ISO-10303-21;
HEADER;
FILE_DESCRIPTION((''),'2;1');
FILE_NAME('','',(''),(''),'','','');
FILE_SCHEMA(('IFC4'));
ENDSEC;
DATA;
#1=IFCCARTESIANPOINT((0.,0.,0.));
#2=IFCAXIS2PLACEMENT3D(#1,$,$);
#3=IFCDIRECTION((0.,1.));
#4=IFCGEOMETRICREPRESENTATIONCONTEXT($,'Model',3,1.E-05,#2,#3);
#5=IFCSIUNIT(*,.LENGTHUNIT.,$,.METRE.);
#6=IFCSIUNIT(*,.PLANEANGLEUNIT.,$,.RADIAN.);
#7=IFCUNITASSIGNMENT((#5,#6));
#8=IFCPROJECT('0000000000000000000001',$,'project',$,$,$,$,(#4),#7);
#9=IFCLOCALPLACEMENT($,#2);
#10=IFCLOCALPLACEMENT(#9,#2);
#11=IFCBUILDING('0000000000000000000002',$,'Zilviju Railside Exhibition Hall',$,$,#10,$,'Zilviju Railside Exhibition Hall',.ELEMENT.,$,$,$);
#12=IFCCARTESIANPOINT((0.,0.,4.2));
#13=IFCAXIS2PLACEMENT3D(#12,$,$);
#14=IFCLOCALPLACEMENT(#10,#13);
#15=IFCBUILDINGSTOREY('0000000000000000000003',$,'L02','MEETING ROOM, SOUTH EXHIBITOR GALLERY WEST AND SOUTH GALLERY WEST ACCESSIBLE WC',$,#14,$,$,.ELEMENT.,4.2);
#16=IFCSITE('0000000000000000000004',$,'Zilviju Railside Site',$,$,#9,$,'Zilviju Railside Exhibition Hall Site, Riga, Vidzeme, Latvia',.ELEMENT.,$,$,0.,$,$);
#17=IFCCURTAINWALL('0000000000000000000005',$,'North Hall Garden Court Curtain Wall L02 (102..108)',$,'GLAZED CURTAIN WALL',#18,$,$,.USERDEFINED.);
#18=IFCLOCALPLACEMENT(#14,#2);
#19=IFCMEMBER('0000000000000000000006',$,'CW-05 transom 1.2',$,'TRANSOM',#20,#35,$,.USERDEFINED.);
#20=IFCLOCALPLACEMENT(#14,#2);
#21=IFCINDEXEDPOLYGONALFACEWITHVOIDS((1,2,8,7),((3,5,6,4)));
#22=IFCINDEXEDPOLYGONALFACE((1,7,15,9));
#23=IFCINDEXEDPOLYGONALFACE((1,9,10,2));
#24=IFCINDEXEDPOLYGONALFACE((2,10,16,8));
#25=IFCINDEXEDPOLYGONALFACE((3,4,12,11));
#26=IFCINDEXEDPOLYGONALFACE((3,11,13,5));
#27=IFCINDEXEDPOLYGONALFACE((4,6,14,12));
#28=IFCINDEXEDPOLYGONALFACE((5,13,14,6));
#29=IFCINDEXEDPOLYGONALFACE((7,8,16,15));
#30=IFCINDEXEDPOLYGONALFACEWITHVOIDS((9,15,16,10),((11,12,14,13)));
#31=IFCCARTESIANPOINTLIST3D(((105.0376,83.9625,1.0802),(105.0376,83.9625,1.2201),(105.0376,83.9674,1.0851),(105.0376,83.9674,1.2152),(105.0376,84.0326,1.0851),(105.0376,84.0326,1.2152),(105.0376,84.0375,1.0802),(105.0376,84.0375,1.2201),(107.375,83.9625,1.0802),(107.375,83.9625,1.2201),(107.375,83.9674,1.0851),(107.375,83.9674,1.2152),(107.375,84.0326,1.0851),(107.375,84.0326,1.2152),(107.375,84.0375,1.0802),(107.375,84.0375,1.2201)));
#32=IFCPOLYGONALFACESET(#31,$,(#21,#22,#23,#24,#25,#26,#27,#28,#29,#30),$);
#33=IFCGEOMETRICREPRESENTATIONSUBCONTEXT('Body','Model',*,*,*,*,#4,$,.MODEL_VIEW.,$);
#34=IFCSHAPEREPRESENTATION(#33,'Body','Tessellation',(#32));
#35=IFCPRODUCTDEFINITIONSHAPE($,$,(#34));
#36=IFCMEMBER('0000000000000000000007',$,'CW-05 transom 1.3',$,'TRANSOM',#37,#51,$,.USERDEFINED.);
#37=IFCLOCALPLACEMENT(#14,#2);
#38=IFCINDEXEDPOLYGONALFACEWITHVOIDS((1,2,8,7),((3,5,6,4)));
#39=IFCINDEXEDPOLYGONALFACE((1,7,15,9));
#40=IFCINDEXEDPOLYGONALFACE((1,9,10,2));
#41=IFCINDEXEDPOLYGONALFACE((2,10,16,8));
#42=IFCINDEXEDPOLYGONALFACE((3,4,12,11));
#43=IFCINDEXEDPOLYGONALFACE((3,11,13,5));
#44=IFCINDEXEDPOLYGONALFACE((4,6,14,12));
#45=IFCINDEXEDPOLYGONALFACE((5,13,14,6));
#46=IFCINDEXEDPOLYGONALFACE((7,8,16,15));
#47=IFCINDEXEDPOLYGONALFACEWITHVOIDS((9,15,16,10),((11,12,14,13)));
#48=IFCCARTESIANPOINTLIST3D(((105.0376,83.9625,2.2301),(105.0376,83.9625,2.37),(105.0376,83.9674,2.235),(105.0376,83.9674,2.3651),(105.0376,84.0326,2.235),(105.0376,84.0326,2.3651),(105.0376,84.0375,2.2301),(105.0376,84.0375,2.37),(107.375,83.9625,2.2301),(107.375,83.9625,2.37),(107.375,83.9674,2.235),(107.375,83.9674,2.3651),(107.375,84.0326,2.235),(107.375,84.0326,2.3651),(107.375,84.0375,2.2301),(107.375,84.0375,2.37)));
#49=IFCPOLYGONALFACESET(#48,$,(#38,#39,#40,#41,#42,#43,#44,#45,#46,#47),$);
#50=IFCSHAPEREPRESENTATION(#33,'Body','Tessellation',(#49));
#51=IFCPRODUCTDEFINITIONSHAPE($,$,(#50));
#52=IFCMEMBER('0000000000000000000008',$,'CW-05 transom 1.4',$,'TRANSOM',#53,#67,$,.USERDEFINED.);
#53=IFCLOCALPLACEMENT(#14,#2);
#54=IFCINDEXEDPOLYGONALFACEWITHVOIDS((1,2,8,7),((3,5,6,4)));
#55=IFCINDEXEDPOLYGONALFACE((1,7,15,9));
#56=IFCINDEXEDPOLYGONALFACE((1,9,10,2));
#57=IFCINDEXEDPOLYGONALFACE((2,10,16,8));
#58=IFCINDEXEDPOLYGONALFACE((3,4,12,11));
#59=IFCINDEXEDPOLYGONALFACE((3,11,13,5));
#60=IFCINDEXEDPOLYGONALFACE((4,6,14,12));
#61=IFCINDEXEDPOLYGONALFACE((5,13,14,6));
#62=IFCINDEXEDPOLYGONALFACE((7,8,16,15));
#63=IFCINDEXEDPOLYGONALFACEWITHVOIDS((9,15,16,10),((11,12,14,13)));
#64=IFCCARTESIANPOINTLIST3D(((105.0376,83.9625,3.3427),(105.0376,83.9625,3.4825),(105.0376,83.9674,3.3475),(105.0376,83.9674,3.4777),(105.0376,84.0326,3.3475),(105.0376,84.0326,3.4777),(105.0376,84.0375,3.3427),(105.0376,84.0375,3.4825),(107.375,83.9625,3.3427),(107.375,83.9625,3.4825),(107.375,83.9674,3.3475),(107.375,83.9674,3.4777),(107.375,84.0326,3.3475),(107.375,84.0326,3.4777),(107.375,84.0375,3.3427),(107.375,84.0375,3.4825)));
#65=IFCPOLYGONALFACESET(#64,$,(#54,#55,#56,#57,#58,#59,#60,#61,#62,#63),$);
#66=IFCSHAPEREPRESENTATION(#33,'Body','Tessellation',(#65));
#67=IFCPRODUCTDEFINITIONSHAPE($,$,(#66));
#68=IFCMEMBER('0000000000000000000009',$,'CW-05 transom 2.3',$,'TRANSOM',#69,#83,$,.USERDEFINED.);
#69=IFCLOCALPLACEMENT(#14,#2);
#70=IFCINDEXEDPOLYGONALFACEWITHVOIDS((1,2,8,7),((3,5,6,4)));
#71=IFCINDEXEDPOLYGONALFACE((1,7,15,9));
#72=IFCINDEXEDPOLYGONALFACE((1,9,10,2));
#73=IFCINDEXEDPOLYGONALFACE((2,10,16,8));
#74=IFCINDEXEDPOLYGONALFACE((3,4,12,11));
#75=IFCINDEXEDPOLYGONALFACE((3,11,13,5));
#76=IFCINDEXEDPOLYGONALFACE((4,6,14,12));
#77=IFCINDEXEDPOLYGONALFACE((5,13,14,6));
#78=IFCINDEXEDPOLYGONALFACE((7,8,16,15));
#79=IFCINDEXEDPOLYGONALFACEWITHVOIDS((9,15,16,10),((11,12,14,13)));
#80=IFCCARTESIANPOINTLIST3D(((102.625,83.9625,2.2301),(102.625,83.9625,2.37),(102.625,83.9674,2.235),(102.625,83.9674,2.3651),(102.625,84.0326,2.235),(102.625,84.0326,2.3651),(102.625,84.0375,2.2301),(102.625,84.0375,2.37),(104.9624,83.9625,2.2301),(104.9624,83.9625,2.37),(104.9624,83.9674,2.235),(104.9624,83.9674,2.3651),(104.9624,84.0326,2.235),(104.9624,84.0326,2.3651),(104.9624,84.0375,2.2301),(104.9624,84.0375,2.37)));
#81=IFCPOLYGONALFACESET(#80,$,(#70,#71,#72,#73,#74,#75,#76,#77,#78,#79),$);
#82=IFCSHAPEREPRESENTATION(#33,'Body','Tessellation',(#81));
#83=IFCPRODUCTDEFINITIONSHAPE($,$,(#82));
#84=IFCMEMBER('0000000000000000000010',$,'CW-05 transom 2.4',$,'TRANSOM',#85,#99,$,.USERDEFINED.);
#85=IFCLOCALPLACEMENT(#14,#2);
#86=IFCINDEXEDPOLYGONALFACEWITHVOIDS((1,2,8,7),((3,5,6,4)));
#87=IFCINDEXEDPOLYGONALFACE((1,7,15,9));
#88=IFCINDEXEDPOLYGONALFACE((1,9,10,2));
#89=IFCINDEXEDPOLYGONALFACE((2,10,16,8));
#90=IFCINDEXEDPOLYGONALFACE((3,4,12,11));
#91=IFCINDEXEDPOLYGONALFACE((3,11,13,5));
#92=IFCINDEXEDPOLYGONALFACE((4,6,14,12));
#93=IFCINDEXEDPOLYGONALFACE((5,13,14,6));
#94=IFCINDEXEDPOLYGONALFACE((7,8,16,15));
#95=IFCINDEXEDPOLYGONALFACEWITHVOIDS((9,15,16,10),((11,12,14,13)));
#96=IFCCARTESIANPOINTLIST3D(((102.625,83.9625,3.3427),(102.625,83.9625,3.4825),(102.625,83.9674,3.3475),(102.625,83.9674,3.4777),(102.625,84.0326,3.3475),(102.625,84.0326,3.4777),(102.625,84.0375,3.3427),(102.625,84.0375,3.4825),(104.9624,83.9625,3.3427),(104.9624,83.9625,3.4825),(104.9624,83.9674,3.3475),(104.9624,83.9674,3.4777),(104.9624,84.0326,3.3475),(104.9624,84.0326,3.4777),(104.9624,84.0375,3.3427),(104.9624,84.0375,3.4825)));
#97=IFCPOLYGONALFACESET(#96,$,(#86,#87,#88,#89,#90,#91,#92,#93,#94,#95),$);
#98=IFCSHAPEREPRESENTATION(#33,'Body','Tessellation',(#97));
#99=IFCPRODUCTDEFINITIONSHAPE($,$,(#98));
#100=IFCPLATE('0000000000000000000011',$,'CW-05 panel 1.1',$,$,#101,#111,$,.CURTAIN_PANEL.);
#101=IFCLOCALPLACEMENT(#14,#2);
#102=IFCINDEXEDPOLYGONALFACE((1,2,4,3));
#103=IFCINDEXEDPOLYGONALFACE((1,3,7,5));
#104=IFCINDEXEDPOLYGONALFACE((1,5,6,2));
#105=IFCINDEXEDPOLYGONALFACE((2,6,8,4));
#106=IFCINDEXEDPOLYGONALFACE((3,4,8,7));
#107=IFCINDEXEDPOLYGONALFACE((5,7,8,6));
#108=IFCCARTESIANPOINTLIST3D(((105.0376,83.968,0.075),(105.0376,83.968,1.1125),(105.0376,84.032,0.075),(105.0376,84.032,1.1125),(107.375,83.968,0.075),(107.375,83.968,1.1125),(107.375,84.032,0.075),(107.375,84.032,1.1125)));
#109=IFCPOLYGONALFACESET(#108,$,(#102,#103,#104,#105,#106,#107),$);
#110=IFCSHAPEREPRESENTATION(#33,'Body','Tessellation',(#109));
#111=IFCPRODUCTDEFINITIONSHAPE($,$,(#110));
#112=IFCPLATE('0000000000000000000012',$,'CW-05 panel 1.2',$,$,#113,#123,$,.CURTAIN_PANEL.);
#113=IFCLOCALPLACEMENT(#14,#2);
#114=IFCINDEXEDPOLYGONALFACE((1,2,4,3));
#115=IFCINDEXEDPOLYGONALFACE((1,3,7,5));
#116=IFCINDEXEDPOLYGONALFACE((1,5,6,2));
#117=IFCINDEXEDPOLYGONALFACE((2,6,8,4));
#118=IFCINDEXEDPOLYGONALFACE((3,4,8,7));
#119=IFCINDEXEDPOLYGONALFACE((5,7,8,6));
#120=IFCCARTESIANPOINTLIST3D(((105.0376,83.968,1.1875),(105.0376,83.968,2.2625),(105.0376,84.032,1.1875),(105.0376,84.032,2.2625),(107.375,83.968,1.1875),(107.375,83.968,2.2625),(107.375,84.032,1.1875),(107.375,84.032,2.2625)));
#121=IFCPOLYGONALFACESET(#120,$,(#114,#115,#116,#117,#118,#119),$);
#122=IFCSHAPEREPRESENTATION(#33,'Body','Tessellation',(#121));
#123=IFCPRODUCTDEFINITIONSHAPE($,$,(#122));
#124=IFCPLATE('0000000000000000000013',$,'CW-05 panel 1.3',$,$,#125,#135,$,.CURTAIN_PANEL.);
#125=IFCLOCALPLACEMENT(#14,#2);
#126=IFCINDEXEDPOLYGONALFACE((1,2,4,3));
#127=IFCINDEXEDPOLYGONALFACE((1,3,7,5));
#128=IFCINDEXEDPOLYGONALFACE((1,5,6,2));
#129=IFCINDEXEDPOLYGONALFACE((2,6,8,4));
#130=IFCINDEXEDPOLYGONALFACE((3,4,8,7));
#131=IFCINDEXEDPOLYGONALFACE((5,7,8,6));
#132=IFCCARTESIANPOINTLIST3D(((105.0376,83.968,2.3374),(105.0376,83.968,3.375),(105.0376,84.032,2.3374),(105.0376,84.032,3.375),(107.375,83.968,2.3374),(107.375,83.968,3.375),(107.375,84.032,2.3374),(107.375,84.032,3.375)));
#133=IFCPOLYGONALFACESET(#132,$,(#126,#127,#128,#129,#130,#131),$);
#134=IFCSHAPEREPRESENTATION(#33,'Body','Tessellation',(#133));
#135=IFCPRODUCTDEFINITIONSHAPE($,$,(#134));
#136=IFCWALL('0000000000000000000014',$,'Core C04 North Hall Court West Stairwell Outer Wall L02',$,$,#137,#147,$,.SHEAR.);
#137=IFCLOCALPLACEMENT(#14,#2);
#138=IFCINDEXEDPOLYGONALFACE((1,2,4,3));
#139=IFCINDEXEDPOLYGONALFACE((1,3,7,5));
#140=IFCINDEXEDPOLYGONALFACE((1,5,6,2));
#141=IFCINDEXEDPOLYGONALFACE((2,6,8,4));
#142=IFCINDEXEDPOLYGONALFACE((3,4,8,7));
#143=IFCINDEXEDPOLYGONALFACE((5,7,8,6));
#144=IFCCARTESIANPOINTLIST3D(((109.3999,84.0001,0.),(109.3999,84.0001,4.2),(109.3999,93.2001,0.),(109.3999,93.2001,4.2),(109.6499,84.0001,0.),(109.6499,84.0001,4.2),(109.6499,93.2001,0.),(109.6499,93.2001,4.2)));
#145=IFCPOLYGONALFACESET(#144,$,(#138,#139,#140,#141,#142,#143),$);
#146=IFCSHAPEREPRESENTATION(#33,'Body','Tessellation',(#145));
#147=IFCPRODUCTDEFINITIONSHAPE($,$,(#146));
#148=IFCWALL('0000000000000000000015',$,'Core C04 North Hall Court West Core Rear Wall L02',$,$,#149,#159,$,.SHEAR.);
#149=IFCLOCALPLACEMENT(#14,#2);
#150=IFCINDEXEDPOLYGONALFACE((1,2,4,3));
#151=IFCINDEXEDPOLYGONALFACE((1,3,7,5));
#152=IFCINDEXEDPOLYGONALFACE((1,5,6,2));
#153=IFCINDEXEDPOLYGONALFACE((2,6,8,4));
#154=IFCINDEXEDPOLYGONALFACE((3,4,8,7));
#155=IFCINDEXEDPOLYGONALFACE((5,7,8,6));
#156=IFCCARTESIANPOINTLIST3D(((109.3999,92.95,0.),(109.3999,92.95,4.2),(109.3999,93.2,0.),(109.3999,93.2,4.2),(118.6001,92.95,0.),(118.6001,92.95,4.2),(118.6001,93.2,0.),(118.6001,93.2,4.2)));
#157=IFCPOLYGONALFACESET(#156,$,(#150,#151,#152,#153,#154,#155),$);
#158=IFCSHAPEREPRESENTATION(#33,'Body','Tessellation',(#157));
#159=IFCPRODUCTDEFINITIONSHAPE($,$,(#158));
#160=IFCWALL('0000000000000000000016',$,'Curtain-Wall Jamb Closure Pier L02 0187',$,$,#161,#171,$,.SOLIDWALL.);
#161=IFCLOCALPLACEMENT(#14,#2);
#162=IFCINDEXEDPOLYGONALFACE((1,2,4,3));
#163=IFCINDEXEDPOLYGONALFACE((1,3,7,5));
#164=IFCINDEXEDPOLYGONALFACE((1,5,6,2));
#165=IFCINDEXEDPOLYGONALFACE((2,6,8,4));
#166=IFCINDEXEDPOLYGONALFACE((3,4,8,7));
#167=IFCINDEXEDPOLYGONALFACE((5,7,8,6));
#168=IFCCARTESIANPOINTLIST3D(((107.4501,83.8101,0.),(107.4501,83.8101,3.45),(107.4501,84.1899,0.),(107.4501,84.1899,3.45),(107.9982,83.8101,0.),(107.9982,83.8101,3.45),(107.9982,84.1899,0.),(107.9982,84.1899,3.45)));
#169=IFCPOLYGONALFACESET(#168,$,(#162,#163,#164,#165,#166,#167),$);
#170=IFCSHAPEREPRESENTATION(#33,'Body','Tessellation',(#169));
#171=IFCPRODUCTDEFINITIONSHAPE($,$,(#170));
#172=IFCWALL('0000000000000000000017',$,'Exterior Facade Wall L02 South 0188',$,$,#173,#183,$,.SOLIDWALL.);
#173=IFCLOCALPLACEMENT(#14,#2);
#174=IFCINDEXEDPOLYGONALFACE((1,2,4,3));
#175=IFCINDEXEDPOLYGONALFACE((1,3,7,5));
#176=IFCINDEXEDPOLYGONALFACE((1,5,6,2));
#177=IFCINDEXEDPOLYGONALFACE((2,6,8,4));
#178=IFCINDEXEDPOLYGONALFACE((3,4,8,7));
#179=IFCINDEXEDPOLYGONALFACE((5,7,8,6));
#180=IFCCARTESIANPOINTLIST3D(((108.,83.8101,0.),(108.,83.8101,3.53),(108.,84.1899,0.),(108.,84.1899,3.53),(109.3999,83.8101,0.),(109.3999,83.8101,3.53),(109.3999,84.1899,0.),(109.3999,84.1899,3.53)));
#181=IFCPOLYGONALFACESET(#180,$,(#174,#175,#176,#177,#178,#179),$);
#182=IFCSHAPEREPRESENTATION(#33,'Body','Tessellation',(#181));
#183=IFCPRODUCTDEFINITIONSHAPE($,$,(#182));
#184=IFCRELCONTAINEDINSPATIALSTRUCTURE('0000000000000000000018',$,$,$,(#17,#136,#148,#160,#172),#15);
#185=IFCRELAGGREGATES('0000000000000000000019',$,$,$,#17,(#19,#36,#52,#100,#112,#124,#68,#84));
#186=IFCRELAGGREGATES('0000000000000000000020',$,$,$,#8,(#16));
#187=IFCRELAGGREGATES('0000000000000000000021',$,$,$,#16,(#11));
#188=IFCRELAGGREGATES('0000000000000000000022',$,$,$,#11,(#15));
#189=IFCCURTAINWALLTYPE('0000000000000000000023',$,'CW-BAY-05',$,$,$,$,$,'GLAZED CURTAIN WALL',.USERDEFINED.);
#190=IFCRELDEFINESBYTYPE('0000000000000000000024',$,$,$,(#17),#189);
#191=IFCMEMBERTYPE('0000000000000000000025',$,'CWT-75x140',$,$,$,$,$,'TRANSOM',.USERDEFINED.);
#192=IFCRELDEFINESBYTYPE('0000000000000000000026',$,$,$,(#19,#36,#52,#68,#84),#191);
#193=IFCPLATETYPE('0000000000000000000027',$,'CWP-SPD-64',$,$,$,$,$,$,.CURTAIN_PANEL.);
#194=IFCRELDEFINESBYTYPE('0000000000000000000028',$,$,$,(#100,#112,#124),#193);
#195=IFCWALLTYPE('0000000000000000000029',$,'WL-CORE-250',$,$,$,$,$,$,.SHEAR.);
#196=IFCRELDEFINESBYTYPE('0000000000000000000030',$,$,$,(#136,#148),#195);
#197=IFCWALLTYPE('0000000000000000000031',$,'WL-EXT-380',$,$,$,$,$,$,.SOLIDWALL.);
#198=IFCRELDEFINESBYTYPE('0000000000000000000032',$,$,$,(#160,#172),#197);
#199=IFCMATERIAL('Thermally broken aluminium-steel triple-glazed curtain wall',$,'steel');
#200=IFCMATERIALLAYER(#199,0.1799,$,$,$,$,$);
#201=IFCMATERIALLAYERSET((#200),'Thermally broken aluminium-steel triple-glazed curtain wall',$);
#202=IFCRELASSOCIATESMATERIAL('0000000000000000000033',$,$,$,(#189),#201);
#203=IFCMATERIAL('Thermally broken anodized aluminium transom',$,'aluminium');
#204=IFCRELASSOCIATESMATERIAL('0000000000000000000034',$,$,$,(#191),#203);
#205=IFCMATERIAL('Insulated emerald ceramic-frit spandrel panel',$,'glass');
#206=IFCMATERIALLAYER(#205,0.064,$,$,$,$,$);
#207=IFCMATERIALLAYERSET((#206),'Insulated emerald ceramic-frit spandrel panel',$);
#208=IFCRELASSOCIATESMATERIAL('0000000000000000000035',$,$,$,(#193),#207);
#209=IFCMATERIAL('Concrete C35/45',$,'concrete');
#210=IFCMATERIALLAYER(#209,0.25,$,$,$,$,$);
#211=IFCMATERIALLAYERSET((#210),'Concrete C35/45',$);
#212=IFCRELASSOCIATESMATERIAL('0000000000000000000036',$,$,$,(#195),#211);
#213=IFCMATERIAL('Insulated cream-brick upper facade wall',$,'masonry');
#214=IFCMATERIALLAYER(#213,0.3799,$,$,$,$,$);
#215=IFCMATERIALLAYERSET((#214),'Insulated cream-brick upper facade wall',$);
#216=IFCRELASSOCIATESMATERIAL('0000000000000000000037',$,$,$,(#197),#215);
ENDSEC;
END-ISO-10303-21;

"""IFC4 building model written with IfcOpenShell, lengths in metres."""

from ifc_helpers import new_model, si_unit, direction, frame, frame_2d, origin, origin_2d, place, context, subcontext, project, spatial, rectangle, hollow_rectangle, extrude, material, layer, layer_set, material_profile, profile_set, type_object, element, aggregate, save


model = new_model("IFC4")

# Units and contexts
model_context = context("Model", 3, precision=1e-05, world=origin(), true_north=direction((0.0, 1.0)))
body_context = subcontext(model_context, "Body", "Model", "MODEL_VIEW")
ifc_project = project(units=[si_unit("LENGTHUNIT", "METRE"), si_unit("PLANEANGLEUNIT", "RADIAN")], contexts=[model_context])

# Site, building, storey
site_placement = place(None, origin())
site = spatial("IfcSite", under=ifc_project, at=site_placement, Name="Zilviju Railside Site", LongName="Zilviju Railside Exhibition Hall Site, Riga, Vidzeme, Latvia", CompositionType="ELEMENT", RefElevation=0.0)
building_placement = place(site_placement, origin())
building = spatial("IfcBuilding", under=site, at=building_placement, Name="Zilviju Railside Exhibition Hall", LongName="Zilviju Railside Exhibition Hall", CompositionType="ELEMENT")
storey_placement = place(building_placement, frame((0.0, 0.0, 4.2)))
storey = spatial("IfcBuildingStorey", under=building, at=storey_placement, Name="L02", Description="MEETING ROOM, SOUTH EXHIBITOR GALLERY WEST AND SOUTH GALLERY WEST ACCESSIBLE WC", CompositionType="ELEMENT", Elevation=4.2)

# Shared definitions
ifc_material_1 = material(Name="Concrete C35/45", Category="concrete")

# Curtain wall, members, plates
ifc_material_2 = material(Name="Thermally broken aluminium-steel triple-glazed curtain wall", Category="steel")
ifc_layer_1 = layer(ifc_material_2, 0.1799)
ifc_layer_set_1 = layer_set([ifc_layer_1], Name="Thermally broken aluminium-steel triple-glazed curtain wall")
curtain_wall_type = type_object("IfcCurtainWallType", Name="CW-BAY-05", ElementType="GLAZED CURTAIN WALL", PredefinedType="USERDEFINED", material=ifc_layer_set_1)
curtain_wall_placement = place(storey_placement, origin())
curtain_wall = element("IfcCurtainWall", 1, at=curtain_wall_placement, inside=storey, type_object=curtain_wall_type, Name="North Hall Garden Court Curtain Wall L02 (102..108)", ObjectType="GLAZED CURTAIN WALL", PredefinedType="USERDEFINED")
ifc_material_3 = material(Name="Thermally broken anodized aluminium transom", Category="aluminium")
ifc_material_profile_1 = material_profile(ifc_material_3, hollow_rectangle(XDim=0.075, YDim=0.1399, WallThickness=0.0049, at=origin_2d()), Name="TRANSOM 140x75x5")
ifc_profile_set_1 = profile_set([ifc_material_profile_1], Name="Thermally broken anodized aluminium transom")
member_type_1 = type_object("IfcMemberType", Name="CWT-75x140", ElementType="TRANSOM", PredefinedType="USERDEFINED", material=ifc_profile_set_1)
member_1_placement = place(storey_placement, frame((107.375, 84.0, 1.1501), z_axis=(-1.0, 0.0, 0.0), x_axis=(0.0, -1.0, 0.0)))
member_1 = element("IfcMember", 2, at=member_1_placement, type_object=member_type_1, Name="CW-05 transom 1.2", ObjectType="TRANSOM", PredefinedType="USERDEFINED", context=body_context, shape_type="SweptSolid", body=[
    extrude(hollow_rectangle(XDim=0.075, YDim=0.1399, WallThickness=0.0049, at=origin_2d()), origin(), (0.0, 0.0, 1.0), 2.3374),
])
member_2_placement = place(storey_placement, frame((107.375, 84.0, 2.3), z_axis=(-1.0, 0.0, 0.0), x_axis=(0.0, -1.0, 0.0)))
member_2 = element("IfcMember", 3, at=member_2_placement, type_object=member_type_1, Name="CW-05 transom 1.3", ObjectType="TRANSOM", PredefinedType="USERDEFINED", context=body_context, shape_type="SweptSolid", body=[
    extrude(hollow_rectangle(XDim=0.075, YDim=0.1399, WallThickness=0.0049, at=origin_2d()), origin(), (0.0, 0.0, 1.0), 2.3374),
])
member_3_placement = place(storey_placement, frame((107.375, 84.0, 3.4126), z_axis=(-1.0, 0.0, 0.0), x_axis=(0.0, -1.0, 0.0)))
member_3 = element("IfcMember", 4, at=member_3_placement, type_object=member_type_1, Name="CW-05 transom 1.4", ObjectType="TRANSOM", PredefinedType="USERDEFINED", context=body_context, shape_type="SweptSolid", body=[
    extrude(hollow_rectangle(XDim=0.075, YDim=0.1399, WallThickness=0.0049, at=origin_2d()), origin(), (0.0, 0.0, 1.0), 2.3374),
])
member_4_placement = place(storey_placement, frame((104.9624, 84.0, 2.3), z_axis=(-1.0, 0.0, 0.0), x_axis=(0.0, -1.0, 0.0)))
member_4 = element("IfcMember", 5, at=member_4_placement, type_object=member_type_1, Name="CW-05 transom 2.3", ObjectType="TRANSOM", PredefinedType="USERDEFINED", context=body_context, shape_type="SweptSolid", body=[
    extrude(hollow_rectangle(XDim=0.075, YDim=0.1399, WallThickness=0.0049, at=origin_2d()), origin(), (0.0, 0.0, 1.0), 2.3374),
])
member_5_placement = place(storey_placement, frame((104.9624, 84.0, 3.4126), z_axis=(-1.0, 0.0, 0.0), x_axis=(0.0, -1.0, 0.0)))
member_5 = element("IfcMember", 6, at=member_5_placement, type_object=member_type_1, Name="CW-05 transom 2.4", ObjectType="TRANSOM", PredefinedType="USERDEFINED", context=body_context, shape_type="SweptSolid", body=[
    extrude(hollow_rectangle(XDim=0.075, YDim=0.1399, WallThickness=0.0049, at=origin_2d()), origin(), (0.0, 0.0, 1.0), 2.3374),
])
ifc_material_4 = material(Name="Insulated emerald ceramic-frit spandrel panel", Category="glass")
ifc_layer_2 = layer(ifc_material_4, 0.064)
ifc_layer_set_2 = layer_set([ifc_layer_2], Name="Insulated emerald ceramic-frit spandrel panel")
plate_type = type_object("IfcPlateType", Name="CWP-SPD-64", PredefinedType="CURTAIN_PANEL", material=ifc_layer_set_2)
plate_1_placement = place(storey_placement, frame((106.2063, 84.0, 0.075), z_axis=(0.0, 0.0, 1.0), x_axis=(-1.0, 0.0, 0.0)))
plate_1 = element("IfcPlate", 7, at=plate_1_placement, type_object=plate_type, Name="CW-05 panel 1.1", PredefinedType="CURTAIN_PANEL", context=body_context, shape_type="SweptSolid", body=[
    extrude(rectangle(XDim=2.3374, YDim=0.064, at=origin_2d()), origin(), (0.0, 0.0, 1.0), 1.0376),
])
plate_2_placement = place(storey_placement, frame((106.2063, 84.0, 1.1875), z_axis=(0.0, 0.0, 1.0), x_axis=(-1.0, 0.0, 0.0)))
plate_2 = element("IfcPlate", 8, at=plate_2_placement, type_object=plate_type, Name="CW-05 panel 1.2", PredefinedType="CURTAIN_PANEL", context=body_context, shape_type="SweptSolid", body=[
    extrude(rectangle(XDim=2.3374, YDim=0.064, at=origin_2d()), origin(), (0.0, 0.0, 1.0), 1.075),
])
plate_3_placement = place(storey_placement, frame((106.2063, 84.0, 2.3374), z_axis=(0.0, 0.0, 1.0), x_axis=(-1.0, 0.0, 0.0)))
plate_3 = element("IfcPlate", 9, at=plate_3_placement, type_object=plate_type, Name="CW-05 panel 1.3", PredefinedType="CURTAIN_PANEL", context=body_context, shape_type="SweptSolid", body=[
    extrude(rectangle(XDim=2.3374, YDim=0.064, at=origin_2d()), origin(), (0.0, 0.0, 1.0), 1.0376),
])
aggregate(curtain_wall, [member_1, member_2, member_3, plate_1, plate_2, plate_3, member_4, member_5])

# Walls
ifc_layer_3 = layer(ifc_material_1, 0.25)
ifc_layer_set_3 = layer_set([ifc_layer_3], Name="Concrete C35/45")
wall_type_1 = type_object("IfcWallType", Name="WL-CORE-250", PredefinedType="SHEAR", material=ifc_layer_set_3)
wall_1_placement = place(storey_placement, frame((109.5249, 84.0, 0.0), z_axis=(0.0, 0.0, 1.0), x_axis=(0.0, 1.0, 0.0)))
element("IfcWall", 10, at=wall_1_placement, inside=storey, type_object=wall_type_1, Name="Core C04 North Hall Court West Stairwell Outer Wall L02", PredefinedType="SHEAR", context=body_context, shape_type="SweptSolid", body=[
    extrude(rectangle(XDim=9.2, YDim=0.25, at=frame_2d((4.6001, 0.0))), origin(), (0.0, 0.0, 1.0), 4.2),
])
wall_2_placement = place(storey_placement, frame((109.3999, 93.075, 0.0), z_axis=(0.0, 0.0, 1.0), x_axis=(1.0, 0.0, 0.0)))
element("IfcWall", 11, at=wall_2_placement, inside=storey, type_object=wall_type_1, Name="Core C04 North Hall Court West Core Rear Wall L02", PredefinedType="SHEAR", context=body_context, shape_type="SweptSolid", body=[
    extrude(rectangle(XDim=9.2002, YDim=0.25, at=frame_2d((4.6001, 0.0))), origin(), (0.0, 0.0, 1.0), 4.2),
])
ifc_material_5 = material(Name="Insulated cream-brick upper facade wall", Category="masonry")
ifc_layer_4 = layer(ifc_material_5, 0.3799)
ifc_layer_set_4 = layer_set([ifc_layer_4], Name="Insulated cream-brick upper facade wall")
wall_type_2 = type_object("IfcWallType", Name="WL-EXT-380", PredefinedType="SOLIDWALL", material=ifc_layer_set_4)
wall_3_placement = place(storey_placement, frame((107.998, 84.0, 0.0), z_axis=(0.0, 0.0, 1.0), x_axis=(-1.0, 0.0, 0.0)))
element("IfcWall", 12, at=wall_3_placement, inside=storey, type_object=wall_type_2, Name="Curtain-Wall Jamb Closure Pier L02 0187", PredefinedType="SOLIDWALL", context=body_context, shape_type="SweptSolid", body=[
    extrude(rectangle(XDim=0.5481, YDim=0.3799, at=frame_2d((0.2739, 0.0))), origin(), (0.0, 0.0, 1.0), 3.45),
])
wall_4_placement = place(storey_placement, frame((109.3999, 84.0, 0.0), z_axis=(0.0, 0.0, 1.0), x_axis=(-1.0, 0.0, 0.0)))
element("IfcWall", 13, at=wall_4_placement, inside=storey, type_object=wall_type_2, Name="Exterior Facade Wall L02 South 0188", PredefinedType="SOLIDWALL", context=body_context, shape_type="SweptSolid", body=[
    extrude(rectangle(XDim=1.3999, YDim=0.3799, at=frame_2d((0.7, 0.0))), origin(), (0.0, 0.0, 1.0), 3.53),
])

save(model, "model.ifc")
